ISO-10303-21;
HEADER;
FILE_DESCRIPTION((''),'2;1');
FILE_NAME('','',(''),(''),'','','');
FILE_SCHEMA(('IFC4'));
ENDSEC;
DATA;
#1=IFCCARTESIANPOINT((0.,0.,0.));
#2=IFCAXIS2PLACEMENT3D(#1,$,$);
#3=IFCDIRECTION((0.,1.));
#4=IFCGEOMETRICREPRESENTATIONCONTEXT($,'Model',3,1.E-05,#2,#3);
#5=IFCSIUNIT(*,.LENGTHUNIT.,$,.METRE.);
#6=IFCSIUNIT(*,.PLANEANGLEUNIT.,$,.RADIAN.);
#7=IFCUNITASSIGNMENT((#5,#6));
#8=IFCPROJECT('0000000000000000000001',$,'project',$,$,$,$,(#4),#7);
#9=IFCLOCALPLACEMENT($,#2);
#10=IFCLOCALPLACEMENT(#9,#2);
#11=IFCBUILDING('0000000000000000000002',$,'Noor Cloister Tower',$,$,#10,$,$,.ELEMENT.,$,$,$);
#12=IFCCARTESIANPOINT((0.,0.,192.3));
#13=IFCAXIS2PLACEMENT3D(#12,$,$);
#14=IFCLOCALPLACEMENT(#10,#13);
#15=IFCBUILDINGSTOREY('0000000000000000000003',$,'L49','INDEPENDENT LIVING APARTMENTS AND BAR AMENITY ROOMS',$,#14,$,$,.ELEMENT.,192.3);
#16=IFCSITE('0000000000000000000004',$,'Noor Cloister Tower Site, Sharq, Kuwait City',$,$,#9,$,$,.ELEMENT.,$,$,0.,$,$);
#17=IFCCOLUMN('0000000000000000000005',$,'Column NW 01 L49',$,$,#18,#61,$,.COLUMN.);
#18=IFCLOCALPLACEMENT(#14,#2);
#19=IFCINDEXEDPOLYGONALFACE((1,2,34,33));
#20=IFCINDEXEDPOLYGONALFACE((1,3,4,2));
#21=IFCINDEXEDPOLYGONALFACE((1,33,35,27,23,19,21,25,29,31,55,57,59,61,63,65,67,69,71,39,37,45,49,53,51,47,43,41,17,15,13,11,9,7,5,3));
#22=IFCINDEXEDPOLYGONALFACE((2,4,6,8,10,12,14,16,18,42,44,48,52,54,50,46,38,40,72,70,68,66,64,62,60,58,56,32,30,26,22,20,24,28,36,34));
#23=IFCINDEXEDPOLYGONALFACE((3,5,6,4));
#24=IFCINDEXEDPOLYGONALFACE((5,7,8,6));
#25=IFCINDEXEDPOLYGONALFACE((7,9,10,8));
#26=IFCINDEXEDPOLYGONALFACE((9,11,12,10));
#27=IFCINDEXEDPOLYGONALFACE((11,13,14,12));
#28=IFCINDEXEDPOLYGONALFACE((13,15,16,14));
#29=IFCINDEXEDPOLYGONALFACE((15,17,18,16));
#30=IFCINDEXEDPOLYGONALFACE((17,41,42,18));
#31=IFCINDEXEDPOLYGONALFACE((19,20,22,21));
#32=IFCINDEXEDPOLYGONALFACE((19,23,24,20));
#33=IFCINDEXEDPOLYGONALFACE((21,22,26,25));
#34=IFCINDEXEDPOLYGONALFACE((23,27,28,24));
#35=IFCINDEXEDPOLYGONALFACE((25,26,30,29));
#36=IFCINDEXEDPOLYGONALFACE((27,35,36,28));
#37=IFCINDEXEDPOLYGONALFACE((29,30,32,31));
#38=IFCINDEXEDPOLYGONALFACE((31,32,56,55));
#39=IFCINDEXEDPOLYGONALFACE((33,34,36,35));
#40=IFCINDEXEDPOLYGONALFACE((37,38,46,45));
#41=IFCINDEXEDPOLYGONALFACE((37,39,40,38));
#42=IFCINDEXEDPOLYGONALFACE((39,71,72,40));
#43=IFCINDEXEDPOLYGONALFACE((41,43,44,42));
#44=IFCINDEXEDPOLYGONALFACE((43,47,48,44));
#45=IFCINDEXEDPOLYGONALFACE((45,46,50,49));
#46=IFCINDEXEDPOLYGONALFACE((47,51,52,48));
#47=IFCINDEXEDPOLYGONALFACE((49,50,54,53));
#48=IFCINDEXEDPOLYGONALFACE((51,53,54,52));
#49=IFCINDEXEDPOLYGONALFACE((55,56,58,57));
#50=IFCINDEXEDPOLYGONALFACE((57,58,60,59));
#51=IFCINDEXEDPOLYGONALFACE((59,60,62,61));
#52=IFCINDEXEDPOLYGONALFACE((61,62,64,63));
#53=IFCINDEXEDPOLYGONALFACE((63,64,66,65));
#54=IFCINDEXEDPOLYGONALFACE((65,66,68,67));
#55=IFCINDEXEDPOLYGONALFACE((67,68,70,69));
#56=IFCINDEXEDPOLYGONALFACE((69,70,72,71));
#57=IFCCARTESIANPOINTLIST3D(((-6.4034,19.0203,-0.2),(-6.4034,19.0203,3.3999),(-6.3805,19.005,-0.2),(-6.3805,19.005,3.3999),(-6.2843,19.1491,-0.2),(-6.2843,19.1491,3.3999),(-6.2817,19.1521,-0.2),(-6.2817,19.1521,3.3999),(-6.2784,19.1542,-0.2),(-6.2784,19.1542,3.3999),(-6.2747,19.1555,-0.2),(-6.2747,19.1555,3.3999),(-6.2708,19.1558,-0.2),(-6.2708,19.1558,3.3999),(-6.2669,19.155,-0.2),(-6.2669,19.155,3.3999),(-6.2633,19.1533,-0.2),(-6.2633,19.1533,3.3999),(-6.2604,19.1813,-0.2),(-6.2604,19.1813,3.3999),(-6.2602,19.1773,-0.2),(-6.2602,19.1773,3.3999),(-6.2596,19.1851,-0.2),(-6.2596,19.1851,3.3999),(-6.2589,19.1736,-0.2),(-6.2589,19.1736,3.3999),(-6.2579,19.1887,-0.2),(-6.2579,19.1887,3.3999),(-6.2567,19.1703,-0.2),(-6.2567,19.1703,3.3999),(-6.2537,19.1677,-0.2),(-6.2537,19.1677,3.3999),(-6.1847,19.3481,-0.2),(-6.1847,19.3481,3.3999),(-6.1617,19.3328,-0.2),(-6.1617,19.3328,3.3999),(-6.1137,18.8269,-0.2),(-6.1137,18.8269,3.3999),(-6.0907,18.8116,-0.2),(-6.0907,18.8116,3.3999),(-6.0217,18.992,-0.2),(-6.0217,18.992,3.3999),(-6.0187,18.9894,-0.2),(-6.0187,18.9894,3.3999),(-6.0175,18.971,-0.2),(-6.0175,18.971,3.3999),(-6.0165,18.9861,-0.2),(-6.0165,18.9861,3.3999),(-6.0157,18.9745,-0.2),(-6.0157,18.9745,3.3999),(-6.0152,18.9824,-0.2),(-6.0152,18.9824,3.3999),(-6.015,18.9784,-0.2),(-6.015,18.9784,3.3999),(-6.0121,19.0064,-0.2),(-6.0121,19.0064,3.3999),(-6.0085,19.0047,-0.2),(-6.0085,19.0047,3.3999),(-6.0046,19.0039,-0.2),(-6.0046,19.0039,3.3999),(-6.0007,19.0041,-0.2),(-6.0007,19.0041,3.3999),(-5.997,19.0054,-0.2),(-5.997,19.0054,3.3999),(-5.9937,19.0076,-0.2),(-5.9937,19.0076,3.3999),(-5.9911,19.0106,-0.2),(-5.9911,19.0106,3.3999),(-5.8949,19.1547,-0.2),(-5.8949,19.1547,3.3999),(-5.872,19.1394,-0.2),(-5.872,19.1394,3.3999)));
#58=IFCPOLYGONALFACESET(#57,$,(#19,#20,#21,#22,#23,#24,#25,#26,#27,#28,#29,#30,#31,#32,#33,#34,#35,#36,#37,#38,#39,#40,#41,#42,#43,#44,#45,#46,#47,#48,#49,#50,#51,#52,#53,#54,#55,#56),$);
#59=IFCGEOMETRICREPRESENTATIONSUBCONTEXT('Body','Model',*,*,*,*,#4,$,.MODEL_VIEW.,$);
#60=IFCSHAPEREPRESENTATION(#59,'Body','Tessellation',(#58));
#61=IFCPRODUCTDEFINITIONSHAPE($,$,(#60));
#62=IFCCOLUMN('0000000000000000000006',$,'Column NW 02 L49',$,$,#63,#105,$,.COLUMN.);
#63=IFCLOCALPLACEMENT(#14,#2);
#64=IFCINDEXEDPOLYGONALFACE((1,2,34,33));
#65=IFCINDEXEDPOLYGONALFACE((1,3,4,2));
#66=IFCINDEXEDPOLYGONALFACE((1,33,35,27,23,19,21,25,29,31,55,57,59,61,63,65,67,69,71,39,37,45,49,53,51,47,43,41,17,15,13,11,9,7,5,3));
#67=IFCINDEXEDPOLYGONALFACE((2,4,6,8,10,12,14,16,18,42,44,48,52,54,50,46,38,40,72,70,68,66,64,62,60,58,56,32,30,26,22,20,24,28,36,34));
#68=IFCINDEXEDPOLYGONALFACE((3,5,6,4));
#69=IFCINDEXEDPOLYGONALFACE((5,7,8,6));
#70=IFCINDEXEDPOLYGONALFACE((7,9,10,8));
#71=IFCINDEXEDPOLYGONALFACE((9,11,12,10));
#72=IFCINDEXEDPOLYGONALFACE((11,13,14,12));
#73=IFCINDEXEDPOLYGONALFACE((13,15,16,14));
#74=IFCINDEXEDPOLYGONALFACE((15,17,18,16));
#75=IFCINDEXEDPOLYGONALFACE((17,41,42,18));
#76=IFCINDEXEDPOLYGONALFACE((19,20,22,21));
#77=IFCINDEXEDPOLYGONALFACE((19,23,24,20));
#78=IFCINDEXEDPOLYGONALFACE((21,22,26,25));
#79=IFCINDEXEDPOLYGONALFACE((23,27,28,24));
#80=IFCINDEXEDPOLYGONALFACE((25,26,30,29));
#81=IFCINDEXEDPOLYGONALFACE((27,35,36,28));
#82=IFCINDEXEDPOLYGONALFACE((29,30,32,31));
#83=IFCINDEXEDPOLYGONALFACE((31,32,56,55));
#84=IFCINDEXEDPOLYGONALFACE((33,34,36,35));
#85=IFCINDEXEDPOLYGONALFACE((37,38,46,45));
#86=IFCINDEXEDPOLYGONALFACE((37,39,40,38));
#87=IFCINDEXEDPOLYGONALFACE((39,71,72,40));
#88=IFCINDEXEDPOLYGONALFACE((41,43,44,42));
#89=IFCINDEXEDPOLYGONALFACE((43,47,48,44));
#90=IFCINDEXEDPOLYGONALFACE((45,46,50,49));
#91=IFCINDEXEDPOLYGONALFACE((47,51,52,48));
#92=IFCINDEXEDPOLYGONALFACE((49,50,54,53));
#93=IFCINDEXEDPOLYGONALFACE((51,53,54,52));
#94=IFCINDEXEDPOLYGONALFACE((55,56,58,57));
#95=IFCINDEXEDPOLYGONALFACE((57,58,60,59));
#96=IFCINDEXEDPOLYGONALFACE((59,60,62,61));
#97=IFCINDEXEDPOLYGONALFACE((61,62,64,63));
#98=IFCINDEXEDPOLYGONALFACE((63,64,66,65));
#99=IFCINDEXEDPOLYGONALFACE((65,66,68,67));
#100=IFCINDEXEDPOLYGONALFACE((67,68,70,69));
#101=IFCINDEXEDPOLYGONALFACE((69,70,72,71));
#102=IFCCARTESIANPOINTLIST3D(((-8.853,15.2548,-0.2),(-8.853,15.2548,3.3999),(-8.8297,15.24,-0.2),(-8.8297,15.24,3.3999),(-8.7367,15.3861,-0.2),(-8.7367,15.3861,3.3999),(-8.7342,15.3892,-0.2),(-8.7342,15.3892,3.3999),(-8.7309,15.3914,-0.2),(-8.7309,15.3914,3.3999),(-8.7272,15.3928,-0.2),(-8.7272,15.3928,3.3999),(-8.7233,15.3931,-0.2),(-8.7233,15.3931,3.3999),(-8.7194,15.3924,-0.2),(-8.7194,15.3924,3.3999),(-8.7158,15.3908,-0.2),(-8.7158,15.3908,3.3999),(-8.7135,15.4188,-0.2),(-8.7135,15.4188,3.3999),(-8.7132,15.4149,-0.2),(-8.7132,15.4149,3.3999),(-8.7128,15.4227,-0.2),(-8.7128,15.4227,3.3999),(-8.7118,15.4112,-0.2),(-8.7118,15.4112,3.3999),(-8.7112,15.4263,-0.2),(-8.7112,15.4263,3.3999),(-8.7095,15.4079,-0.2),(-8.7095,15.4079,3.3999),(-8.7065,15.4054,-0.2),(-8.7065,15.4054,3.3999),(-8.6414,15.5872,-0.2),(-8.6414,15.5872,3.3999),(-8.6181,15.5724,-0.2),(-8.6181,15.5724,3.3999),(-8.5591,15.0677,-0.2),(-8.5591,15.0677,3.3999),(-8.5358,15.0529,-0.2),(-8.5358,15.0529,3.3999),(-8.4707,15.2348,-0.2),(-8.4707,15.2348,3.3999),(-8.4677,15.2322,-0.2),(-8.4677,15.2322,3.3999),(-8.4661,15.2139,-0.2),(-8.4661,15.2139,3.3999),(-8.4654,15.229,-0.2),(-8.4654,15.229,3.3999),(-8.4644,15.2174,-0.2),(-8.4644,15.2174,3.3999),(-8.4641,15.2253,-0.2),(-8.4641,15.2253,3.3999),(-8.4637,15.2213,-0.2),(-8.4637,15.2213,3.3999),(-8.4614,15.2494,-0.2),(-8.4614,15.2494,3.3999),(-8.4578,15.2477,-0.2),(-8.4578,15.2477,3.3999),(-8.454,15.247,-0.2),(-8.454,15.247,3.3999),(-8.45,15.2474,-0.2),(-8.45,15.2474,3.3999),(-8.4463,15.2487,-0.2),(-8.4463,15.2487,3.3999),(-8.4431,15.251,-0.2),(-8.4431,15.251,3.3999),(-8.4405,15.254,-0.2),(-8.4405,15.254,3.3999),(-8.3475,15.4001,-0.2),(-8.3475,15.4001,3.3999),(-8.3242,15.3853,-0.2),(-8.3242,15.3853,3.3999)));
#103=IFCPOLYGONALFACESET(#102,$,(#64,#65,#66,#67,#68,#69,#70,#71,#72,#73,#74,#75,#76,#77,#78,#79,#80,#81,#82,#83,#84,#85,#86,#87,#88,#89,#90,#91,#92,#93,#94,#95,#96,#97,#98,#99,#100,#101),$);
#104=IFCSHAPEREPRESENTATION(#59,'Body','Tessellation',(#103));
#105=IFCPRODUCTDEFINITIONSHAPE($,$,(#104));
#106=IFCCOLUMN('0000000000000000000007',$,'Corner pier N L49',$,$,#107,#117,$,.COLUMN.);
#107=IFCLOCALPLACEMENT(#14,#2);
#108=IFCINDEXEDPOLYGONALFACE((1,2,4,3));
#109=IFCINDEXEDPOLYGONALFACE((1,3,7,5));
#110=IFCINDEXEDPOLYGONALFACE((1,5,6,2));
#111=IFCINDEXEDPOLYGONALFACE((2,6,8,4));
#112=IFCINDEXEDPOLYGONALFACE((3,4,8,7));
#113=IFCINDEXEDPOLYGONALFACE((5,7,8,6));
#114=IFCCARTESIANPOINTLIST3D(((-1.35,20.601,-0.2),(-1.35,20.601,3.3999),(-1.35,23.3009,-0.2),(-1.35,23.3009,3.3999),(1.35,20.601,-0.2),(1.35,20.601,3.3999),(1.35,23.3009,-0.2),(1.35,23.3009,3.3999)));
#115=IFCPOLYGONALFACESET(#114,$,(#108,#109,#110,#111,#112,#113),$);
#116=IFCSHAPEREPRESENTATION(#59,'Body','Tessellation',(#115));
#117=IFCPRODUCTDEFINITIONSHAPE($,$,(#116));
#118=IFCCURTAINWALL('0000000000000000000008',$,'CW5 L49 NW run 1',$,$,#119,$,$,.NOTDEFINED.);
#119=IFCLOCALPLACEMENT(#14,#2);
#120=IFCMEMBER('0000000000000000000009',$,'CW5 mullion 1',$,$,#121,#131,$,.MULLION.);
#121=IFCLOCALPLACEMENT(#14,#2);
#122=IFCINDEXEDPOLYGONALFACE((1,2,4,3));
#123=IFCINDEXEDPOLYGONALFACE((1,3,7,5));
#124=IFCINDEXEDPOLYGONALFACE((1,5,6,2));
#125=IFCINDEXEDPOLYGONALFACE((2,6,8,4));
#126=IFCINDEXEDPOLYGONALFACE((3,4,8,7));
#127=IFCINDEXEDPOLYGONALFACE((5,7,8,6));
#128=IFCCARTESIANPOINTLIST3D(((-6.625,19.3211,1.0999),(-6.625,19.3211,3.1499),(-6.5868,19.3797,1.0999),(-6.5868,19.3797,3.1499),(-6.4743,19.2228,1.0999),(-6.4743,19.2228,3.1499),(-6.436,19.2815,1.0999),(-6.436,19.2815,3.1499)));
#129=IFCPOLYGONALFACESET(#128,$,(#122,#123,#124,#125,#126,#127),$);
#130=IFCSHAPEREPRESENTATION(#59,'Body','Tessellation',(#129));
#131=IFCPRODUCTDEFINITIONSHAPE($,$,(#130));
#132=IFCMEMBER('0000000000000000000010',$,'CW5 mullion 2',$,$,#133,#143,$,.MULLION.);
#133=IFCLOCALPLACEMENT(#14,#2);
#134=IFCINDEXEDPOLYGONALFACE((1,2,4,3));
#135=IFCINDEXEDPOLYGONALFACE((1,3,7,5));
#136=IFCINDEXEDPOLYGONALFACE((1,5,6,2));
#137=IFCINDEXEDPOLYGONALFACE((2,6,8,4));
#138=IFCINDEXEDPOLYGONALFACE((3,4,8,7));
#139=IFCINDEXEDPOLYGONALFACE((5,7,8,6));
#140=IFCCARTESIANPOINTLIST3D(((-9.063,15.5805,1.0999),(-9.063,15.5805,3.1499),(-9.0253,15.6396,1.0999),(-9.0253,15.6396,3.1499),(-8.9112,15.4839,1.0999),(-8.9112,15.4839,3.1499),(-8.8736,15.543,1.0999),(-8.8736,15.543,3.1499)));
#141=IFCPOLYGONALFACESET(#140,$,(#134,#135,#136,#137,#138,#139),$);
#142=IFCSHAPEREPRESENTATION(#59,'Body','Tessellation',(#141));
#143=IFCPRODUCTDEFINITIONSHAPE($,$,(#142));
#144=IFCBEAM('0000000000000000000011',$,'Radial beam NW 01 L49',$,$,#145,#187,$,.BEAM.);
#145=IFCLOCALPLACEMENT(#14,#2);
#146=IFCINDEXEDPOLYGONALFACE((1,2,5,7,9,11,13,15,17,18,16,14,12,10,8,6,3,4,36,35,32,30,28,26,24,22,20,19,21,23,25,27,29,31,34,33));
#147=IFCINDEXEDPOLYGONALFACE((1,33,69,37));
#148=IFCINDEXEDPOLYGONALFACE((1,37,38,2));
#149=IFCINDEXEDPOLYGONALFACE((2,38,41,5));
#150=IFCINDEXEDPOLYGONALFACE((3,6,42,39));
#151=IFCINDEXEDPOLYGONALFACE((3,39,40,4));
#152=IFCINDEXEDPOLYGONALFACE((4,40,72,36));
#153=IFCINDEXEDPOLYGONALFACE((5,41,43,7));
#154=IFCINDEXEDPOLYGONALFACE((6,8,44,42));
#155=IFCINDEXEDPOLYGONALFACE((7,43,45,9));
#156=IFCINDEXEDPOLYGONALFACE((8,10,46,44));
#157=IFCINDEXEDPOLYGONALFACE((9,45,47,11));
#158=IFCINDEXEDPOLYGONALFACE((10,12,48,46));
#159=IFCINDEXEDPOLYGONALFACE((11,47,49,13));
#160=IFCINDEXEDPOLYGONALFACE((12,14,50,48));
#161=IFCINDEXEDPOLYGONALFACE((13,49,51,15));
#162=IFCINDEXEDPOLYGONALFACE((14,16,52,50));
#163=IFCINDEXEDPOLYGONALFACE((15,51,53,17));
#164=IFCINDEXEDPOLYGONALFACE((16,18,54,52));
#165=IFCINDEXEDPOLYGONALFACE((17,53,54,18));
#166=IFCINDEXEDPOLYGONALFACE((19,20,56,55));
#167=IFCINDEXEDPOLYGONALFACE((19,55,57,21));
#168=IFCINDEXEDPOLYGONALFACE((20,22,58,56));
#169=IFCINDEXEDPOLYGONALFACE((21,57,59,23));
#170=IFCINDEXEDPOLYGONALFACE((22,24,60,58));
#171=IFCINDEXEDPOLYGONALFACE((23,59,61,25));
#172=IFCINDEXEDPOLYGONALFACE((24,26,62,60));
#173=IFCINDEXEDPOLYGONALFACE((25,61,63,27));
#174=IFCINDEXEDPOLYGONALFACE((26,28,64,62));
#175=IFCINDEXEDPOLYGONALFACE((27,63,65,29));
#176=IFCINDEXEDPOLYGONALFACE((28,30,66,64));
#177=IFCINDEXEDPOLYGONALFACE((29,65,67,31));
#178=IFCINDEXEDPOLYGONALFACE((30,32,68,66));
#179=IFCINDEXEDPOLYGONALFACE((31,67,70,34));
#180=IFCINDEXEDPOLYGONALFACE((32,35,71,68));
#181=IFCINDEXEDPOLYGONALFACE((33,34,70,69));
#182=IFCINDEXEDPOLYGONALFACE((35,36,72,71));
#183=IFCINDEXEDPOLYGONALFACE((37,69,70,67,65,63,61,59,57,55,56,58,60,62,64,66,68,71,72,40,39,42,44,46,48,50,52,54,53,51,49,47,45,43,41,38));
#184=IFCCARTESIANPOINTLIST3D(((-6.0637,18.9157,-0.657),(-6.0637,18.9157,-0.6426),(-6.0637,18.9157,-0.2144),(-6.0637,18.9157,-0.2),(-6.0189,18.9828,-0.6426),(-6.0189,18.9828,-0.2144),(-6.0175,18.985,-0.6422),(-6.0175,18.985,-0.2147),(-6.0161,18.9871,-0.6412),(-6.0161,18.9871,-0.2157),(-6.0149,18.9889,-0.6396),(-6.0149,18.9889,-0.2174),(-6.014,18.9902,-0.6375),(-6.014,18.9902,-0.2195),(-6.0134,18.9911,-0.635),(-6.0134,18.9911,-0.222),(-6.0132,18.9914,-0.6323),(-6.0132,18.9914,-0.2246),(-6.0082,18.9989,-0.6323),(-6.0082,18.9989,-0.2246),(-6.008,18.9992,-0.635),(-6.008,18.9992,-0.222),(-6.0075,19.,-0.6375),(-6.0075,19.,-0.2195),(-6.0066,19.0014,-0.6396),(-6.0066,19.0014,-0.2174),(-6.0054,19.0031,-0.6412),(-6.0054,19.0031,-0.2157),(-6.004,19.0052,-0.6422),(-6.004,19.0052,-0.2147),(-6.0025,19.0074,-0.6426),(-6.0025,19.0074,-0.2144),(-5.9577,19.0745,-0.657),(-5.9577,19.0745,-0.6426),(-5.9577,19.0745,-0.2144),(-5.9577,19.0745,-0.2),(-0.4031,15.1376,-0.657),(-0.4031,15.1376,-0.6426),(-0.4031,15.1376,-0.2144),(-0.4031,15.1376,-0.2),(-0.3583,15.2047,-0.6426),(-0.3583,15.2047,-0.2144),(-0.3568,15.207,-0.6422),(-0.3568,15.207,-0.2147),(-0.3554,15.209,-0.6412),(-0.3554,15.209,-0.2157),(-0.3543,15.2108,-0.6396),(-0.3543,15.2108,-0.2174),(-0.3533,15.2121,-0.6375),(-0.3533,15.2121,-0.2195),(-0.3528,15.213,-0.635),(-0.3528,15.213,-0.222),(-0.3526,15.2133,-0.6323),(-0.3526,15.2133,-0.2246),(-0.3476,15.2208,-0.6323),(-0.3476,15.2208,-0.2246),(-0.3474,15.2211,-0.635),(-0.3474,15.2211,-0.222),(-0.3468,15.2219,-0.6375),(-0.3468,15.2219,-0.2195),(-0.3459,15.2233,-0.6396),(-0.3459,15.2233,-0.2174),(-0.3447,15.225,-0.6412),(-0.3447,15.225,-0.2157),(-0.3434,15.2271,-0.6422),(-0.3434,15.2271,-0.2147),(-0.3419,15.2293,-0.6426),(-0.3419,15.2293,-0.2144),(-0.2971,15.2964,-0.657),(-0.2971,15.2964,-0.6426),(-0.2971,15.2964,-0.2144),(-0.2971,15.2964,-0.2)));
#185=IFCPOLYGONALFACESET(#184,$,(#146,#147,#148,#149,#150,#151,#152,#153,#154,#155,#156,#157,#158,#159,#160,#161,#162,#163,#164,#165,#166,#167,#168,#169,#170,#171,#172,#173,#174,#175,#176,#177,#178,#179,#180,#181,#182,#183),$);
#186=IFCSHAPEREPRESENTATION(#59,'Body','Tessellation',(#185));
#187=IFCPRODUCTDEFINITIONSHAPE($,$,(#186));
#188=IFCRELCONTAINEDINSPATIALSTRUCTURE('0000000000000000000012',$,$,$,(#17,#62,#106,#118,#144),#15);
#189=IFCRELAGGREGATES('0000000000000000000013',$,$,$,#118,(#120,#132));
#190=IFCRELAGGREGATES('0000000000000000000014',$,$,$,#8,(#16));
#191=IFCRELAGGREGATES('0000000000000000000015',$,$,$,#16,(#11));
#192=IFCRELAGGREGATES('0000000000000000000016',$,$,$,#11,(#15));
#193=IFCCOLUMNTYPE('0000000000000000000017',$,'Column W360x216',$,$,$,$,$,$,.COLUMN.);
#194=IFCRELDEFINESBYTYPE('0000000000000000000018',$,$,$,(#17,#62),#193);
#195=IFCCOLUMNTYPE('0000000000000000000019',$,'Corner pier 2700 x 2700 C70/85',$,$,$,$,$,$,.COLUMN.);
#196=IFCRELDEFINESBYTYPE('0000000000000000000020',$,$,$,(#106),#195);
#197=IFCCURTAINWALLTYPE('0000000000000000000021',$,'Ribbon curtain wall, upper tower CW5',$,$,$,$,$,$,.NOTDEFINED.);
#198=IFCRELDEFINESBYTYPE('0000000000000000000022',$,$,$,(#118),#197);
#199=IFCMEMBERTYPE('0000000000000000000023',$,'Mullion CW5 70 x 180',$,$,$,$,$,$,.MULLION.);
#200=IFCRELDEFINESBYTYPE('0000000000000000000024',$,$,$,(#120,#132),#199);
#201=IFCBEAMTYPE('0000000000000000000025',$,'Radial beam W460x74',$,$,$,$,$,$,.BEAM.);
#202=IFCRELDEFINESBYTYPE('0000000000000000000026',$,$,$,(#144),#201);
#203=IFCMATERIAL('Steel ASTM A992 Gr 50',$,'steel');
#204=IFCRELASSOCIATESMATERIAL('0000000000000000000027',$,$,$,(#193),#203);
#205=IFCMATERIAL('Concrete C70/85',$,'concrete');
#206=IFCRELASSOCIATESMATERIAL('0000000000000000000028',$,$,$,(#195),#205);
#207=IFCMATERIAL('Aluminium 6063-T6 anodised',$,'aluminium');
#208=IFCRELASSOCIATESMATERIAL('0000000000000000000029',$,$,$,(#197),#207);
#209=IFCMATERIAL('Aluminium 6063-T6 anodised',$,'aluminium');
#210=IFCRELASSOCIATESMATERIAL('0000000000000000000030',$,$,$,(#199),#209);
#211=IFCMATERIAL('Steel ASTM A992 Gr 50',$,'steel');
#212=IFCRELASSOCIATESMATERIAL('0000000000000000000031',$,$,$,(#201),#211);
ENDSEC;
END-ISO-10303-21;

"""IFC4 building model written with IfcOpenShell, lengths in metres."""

from ifc_helpers import new_model, si_unit, direction, frame, origin, origin_2d, place, context, subcontext, project, spatial, rectangle, i_section, extrude, material, material_profile, profile_set, type_object, element, aggregate, save


model = new_model("IFC4")

# Units and contexts
model_context = context("Model", 3, precision=1e-05, world=origin(), true_north=direction((0.0, 1.0)))
body_context = subcontext(model_context, "Body", "Model", "MODEL_VIEW")
ifc_project = project(units=[si_unit("LENGTHUNIT", "METRE"), si_unit("PLANEANGLEUNIT", "RADIAN")], contexts=[model_context])

# Site, building, storey
site_placement = place(None, origin())
site = spatial("IfcSite", under=ifc_project, at=site_placement, Name="Noor Cloister Tower Site, Sharq, Kuwait City", CompositionType="ELEMENT", RefElevation=0.0)
building_placement = place(site_placement, origin())
building = spatial("IfcBuilding", under=site, at=building_placement, Name="Noor Cloister Tower", CompositionType="ELEMENT")
storey_placement = place(building_placement, frame((0.0, 0.0, 192.3)))
storey = spatial("IfcBuildingStorey", under=building, at=storey_placement, Name="L49", Description="INDEPENDENT LIVING APARTMENTS AND BAR AMENITY ROOMS", CompositionType="ELEMENT", Elevation=192.3)

# Columns
ifc_material_1 = material(Name="Steel ASTM A992 Gr 50", Category="steel")
ifc_material_profile_1 = material_profile(ifc_material_1, i_section(OverallWidth=0.394, OverallDepth=0.376, WebThickness=0.0173, FlangeThickness=0.0276, FilletRadius=0.0151, at=origin_2d()), Name="W360x216")
ifc_profile_set_1 = profile_set([ifc_material_profile_1], Name="Steel ASTM A992 Gr 50")
column_type_1 = type_object("IfcColumnType", Name="Column W360x216", PredefinedType="COLUMN", material=ifc_profile_set_1)
for number, where, z_axis, x_axis, name in (
    (1, (-6.1377, 19.0798, -0.2), (0.0, 0.0, 1.0), (-0.55513, -0.831763, 0.0), "Column NW 01 L49"),
    (2, (-8.5886, 15.3201, -0.2), (0.0, 0.0, 1.0), (-0.537002, -0.843581, 0.0), "Column NW 02 L49"),
):
    element("IfcColumn", number, at=place(storey_placement, frame(where, z_axis=z_axis, x_axis=x_axis)), inside=storey, type_object=column_type_1, Name=name, PredefinedType="COLUMN", context=body_context, shape_type="SweptSolid", body=[
        extrude(i_section(OverallWidth=0.394, OverallDepth=0.376, WebThickness=0.0173, FlangeThickness=0.0276, FilletRadius=0.0151, at=origin_2d()), origin(), (0.0, 0.0, 1.0), 3.5999),
    ])
ifc_material_2 = material(Name="Concrete C70/85", Category="concrete")
ifc_material_profile_2 = material_profile(ifc_material_2, rectangle(XDim=2.7, YDim=2.7, at=origin_2d()), Name="RC 2700x2700")
ifc_profile_set_2 = profile_set([ifc_material_profile_2], Name="Concrete C70/85")
column_type_2 = type_object("IfcColumnType", Name="Corner pier 2700 x 2700 C70/85", PredefinedType="COLUMN", material=ifc_profile_set_2)
column_placement = place(storey_placement, frame((0.0, 21.9509, -0.2), z_axis=(0.0, 0.0, 1.0), x_axis=(0.0, 1.0, 0.0)))
element("IfcColumn", 3, at=column_placement, inside=storey, type_object=column_type_2, Name="Corner pier N L49", PredefinedType="COLUMN", context=body_context, shape_type="SweptSolid", body=[
    extrude(rectangle(XDim=2.7, YDim=2.7, at=origin_2d()), origin(), (0.0, 0.0, 1.0), 3.5999),
])

# Curtain wall, members
ifc_material_3 = material(Name="Aluminium 6063-T6 anodised", Category="aluminium")
curtain_wall_type = type_object("IfcCurtainWallType", Name="Ribbon curtain wall, upper tower CW5", PredefinedType="NOTDEFINED", material=ifc_material_3)
curtain_wall_placement = place(storey_placement, origin())
curtain_wall = element("IfcCurtainWall", 4, at=curtain_wall_placement, inside=storey, type_object=curtain_wall_type, Name="CW5 L49 NW run 1", PredefinedType="NOTDEFINED")
ifc_material_4 = material(Name="Aluminium 6063-T6 anodised", Category="aluminium")
ifc_material_profile_3 = material_profile(ifc_material_4, rectangle(XDim=0.1799, YDim=0.0701, at=origin_2d()), Name="180 x 70 mullion")
ifc_profile_set_3 = profile_set([ifc_material_profile_3], Name="Aluminium 6063-T6 anodised")
member_type = type_object("IfcMemberType", Name="Mullion CW5 70 x 180", PredefinedType="MULLION", material=ifc_profile_set_3)
member_1_placement = place(storey_placement, frame((-6.5305, 19.3013, 1.0999), z_axis=(0.0, 0.0, 1.0), x_axis=(0.837721, -0.546098, 0.0)))
member_1 = element("IfcMember", 5, at=member_1_placement, type_object=member_type, Name="CW5 mullion 1", PredefinedType="MULLION", context=body_context, shape_type="SweptSolid", body=[
    extrude(rectangle(XDim=0.1799, YDim=0.0701, at=origin_2d()), origin(), (0.0, 0.0, 1.0), 2.05),
])
member_2_placement = place(storey_placement, frame((-8.9683, 15.5618, 1.0999), z_axis=(0.0, 0.0, 1.0), x_axis=(0.843581, -0.537002, 0.0)))
member_2 = element("IfcMember", 6, at=member_2_placement, type_object=member_type, Name="CW5 mullion 2", PredefinedType="MULLION", context=body_context, shape_type="SweptSolid", body=[
    extrude(rectangle(XDim=0.1799, YDim=0.0701, at=origin_2d()), origin(), (0.0, 0.0, 1.0), 2.05),
])

# Beam
ifc_material_5 = material(Name="Steel ASTM A992 Gr 50", Category="steel")
ifc_material_profile_4 = material_profile(ifc_material_5, i_section(OverallWidth=0.1909, OverallDepth=0.457, WebThickness=0.009, FlangeThickness=0.0144, FilletRadius=0.0103, at=origin_2d()), Name="W460x74")
ifc_profile_set_4 = profile_set([ifc_material_profile_4], Name="Steel ASTM A992 Gr 50")
beam_type_1 = type_object("IfcBeamType", Name="Radial beam W460x74", PredefinedType="BEAM", material=ifc_profile_set_4)
beam_1_placement = place(storey_placement, frame((-6.0107, 18.9951, -0.4285), z_axis=(0.831758, -0.555139, 0.0), x_axis=(0.555139, 0.831758, 0.0)))
element("IfcBeam", 7, at=beam_1_placement, inside=storey, type_object=beam_type_1, Name="Radial beam NW 01 L49", PredefinedType="BEAM", context=body_context, shape_type="SweptSolid", body=[
    extrude(i_section(OverallWidth=0.1909, OverallDepth=0.457, WebThickness=0.009, FlangeThickness=0.0144, FilletRadius=0.0103, at=origin_2d()), origin(), (0.0, 0.0, 1.0), 6.8057),
])

aggregate(curtain_wall, [member_1, member_2])

save(model, "model.ifc")
